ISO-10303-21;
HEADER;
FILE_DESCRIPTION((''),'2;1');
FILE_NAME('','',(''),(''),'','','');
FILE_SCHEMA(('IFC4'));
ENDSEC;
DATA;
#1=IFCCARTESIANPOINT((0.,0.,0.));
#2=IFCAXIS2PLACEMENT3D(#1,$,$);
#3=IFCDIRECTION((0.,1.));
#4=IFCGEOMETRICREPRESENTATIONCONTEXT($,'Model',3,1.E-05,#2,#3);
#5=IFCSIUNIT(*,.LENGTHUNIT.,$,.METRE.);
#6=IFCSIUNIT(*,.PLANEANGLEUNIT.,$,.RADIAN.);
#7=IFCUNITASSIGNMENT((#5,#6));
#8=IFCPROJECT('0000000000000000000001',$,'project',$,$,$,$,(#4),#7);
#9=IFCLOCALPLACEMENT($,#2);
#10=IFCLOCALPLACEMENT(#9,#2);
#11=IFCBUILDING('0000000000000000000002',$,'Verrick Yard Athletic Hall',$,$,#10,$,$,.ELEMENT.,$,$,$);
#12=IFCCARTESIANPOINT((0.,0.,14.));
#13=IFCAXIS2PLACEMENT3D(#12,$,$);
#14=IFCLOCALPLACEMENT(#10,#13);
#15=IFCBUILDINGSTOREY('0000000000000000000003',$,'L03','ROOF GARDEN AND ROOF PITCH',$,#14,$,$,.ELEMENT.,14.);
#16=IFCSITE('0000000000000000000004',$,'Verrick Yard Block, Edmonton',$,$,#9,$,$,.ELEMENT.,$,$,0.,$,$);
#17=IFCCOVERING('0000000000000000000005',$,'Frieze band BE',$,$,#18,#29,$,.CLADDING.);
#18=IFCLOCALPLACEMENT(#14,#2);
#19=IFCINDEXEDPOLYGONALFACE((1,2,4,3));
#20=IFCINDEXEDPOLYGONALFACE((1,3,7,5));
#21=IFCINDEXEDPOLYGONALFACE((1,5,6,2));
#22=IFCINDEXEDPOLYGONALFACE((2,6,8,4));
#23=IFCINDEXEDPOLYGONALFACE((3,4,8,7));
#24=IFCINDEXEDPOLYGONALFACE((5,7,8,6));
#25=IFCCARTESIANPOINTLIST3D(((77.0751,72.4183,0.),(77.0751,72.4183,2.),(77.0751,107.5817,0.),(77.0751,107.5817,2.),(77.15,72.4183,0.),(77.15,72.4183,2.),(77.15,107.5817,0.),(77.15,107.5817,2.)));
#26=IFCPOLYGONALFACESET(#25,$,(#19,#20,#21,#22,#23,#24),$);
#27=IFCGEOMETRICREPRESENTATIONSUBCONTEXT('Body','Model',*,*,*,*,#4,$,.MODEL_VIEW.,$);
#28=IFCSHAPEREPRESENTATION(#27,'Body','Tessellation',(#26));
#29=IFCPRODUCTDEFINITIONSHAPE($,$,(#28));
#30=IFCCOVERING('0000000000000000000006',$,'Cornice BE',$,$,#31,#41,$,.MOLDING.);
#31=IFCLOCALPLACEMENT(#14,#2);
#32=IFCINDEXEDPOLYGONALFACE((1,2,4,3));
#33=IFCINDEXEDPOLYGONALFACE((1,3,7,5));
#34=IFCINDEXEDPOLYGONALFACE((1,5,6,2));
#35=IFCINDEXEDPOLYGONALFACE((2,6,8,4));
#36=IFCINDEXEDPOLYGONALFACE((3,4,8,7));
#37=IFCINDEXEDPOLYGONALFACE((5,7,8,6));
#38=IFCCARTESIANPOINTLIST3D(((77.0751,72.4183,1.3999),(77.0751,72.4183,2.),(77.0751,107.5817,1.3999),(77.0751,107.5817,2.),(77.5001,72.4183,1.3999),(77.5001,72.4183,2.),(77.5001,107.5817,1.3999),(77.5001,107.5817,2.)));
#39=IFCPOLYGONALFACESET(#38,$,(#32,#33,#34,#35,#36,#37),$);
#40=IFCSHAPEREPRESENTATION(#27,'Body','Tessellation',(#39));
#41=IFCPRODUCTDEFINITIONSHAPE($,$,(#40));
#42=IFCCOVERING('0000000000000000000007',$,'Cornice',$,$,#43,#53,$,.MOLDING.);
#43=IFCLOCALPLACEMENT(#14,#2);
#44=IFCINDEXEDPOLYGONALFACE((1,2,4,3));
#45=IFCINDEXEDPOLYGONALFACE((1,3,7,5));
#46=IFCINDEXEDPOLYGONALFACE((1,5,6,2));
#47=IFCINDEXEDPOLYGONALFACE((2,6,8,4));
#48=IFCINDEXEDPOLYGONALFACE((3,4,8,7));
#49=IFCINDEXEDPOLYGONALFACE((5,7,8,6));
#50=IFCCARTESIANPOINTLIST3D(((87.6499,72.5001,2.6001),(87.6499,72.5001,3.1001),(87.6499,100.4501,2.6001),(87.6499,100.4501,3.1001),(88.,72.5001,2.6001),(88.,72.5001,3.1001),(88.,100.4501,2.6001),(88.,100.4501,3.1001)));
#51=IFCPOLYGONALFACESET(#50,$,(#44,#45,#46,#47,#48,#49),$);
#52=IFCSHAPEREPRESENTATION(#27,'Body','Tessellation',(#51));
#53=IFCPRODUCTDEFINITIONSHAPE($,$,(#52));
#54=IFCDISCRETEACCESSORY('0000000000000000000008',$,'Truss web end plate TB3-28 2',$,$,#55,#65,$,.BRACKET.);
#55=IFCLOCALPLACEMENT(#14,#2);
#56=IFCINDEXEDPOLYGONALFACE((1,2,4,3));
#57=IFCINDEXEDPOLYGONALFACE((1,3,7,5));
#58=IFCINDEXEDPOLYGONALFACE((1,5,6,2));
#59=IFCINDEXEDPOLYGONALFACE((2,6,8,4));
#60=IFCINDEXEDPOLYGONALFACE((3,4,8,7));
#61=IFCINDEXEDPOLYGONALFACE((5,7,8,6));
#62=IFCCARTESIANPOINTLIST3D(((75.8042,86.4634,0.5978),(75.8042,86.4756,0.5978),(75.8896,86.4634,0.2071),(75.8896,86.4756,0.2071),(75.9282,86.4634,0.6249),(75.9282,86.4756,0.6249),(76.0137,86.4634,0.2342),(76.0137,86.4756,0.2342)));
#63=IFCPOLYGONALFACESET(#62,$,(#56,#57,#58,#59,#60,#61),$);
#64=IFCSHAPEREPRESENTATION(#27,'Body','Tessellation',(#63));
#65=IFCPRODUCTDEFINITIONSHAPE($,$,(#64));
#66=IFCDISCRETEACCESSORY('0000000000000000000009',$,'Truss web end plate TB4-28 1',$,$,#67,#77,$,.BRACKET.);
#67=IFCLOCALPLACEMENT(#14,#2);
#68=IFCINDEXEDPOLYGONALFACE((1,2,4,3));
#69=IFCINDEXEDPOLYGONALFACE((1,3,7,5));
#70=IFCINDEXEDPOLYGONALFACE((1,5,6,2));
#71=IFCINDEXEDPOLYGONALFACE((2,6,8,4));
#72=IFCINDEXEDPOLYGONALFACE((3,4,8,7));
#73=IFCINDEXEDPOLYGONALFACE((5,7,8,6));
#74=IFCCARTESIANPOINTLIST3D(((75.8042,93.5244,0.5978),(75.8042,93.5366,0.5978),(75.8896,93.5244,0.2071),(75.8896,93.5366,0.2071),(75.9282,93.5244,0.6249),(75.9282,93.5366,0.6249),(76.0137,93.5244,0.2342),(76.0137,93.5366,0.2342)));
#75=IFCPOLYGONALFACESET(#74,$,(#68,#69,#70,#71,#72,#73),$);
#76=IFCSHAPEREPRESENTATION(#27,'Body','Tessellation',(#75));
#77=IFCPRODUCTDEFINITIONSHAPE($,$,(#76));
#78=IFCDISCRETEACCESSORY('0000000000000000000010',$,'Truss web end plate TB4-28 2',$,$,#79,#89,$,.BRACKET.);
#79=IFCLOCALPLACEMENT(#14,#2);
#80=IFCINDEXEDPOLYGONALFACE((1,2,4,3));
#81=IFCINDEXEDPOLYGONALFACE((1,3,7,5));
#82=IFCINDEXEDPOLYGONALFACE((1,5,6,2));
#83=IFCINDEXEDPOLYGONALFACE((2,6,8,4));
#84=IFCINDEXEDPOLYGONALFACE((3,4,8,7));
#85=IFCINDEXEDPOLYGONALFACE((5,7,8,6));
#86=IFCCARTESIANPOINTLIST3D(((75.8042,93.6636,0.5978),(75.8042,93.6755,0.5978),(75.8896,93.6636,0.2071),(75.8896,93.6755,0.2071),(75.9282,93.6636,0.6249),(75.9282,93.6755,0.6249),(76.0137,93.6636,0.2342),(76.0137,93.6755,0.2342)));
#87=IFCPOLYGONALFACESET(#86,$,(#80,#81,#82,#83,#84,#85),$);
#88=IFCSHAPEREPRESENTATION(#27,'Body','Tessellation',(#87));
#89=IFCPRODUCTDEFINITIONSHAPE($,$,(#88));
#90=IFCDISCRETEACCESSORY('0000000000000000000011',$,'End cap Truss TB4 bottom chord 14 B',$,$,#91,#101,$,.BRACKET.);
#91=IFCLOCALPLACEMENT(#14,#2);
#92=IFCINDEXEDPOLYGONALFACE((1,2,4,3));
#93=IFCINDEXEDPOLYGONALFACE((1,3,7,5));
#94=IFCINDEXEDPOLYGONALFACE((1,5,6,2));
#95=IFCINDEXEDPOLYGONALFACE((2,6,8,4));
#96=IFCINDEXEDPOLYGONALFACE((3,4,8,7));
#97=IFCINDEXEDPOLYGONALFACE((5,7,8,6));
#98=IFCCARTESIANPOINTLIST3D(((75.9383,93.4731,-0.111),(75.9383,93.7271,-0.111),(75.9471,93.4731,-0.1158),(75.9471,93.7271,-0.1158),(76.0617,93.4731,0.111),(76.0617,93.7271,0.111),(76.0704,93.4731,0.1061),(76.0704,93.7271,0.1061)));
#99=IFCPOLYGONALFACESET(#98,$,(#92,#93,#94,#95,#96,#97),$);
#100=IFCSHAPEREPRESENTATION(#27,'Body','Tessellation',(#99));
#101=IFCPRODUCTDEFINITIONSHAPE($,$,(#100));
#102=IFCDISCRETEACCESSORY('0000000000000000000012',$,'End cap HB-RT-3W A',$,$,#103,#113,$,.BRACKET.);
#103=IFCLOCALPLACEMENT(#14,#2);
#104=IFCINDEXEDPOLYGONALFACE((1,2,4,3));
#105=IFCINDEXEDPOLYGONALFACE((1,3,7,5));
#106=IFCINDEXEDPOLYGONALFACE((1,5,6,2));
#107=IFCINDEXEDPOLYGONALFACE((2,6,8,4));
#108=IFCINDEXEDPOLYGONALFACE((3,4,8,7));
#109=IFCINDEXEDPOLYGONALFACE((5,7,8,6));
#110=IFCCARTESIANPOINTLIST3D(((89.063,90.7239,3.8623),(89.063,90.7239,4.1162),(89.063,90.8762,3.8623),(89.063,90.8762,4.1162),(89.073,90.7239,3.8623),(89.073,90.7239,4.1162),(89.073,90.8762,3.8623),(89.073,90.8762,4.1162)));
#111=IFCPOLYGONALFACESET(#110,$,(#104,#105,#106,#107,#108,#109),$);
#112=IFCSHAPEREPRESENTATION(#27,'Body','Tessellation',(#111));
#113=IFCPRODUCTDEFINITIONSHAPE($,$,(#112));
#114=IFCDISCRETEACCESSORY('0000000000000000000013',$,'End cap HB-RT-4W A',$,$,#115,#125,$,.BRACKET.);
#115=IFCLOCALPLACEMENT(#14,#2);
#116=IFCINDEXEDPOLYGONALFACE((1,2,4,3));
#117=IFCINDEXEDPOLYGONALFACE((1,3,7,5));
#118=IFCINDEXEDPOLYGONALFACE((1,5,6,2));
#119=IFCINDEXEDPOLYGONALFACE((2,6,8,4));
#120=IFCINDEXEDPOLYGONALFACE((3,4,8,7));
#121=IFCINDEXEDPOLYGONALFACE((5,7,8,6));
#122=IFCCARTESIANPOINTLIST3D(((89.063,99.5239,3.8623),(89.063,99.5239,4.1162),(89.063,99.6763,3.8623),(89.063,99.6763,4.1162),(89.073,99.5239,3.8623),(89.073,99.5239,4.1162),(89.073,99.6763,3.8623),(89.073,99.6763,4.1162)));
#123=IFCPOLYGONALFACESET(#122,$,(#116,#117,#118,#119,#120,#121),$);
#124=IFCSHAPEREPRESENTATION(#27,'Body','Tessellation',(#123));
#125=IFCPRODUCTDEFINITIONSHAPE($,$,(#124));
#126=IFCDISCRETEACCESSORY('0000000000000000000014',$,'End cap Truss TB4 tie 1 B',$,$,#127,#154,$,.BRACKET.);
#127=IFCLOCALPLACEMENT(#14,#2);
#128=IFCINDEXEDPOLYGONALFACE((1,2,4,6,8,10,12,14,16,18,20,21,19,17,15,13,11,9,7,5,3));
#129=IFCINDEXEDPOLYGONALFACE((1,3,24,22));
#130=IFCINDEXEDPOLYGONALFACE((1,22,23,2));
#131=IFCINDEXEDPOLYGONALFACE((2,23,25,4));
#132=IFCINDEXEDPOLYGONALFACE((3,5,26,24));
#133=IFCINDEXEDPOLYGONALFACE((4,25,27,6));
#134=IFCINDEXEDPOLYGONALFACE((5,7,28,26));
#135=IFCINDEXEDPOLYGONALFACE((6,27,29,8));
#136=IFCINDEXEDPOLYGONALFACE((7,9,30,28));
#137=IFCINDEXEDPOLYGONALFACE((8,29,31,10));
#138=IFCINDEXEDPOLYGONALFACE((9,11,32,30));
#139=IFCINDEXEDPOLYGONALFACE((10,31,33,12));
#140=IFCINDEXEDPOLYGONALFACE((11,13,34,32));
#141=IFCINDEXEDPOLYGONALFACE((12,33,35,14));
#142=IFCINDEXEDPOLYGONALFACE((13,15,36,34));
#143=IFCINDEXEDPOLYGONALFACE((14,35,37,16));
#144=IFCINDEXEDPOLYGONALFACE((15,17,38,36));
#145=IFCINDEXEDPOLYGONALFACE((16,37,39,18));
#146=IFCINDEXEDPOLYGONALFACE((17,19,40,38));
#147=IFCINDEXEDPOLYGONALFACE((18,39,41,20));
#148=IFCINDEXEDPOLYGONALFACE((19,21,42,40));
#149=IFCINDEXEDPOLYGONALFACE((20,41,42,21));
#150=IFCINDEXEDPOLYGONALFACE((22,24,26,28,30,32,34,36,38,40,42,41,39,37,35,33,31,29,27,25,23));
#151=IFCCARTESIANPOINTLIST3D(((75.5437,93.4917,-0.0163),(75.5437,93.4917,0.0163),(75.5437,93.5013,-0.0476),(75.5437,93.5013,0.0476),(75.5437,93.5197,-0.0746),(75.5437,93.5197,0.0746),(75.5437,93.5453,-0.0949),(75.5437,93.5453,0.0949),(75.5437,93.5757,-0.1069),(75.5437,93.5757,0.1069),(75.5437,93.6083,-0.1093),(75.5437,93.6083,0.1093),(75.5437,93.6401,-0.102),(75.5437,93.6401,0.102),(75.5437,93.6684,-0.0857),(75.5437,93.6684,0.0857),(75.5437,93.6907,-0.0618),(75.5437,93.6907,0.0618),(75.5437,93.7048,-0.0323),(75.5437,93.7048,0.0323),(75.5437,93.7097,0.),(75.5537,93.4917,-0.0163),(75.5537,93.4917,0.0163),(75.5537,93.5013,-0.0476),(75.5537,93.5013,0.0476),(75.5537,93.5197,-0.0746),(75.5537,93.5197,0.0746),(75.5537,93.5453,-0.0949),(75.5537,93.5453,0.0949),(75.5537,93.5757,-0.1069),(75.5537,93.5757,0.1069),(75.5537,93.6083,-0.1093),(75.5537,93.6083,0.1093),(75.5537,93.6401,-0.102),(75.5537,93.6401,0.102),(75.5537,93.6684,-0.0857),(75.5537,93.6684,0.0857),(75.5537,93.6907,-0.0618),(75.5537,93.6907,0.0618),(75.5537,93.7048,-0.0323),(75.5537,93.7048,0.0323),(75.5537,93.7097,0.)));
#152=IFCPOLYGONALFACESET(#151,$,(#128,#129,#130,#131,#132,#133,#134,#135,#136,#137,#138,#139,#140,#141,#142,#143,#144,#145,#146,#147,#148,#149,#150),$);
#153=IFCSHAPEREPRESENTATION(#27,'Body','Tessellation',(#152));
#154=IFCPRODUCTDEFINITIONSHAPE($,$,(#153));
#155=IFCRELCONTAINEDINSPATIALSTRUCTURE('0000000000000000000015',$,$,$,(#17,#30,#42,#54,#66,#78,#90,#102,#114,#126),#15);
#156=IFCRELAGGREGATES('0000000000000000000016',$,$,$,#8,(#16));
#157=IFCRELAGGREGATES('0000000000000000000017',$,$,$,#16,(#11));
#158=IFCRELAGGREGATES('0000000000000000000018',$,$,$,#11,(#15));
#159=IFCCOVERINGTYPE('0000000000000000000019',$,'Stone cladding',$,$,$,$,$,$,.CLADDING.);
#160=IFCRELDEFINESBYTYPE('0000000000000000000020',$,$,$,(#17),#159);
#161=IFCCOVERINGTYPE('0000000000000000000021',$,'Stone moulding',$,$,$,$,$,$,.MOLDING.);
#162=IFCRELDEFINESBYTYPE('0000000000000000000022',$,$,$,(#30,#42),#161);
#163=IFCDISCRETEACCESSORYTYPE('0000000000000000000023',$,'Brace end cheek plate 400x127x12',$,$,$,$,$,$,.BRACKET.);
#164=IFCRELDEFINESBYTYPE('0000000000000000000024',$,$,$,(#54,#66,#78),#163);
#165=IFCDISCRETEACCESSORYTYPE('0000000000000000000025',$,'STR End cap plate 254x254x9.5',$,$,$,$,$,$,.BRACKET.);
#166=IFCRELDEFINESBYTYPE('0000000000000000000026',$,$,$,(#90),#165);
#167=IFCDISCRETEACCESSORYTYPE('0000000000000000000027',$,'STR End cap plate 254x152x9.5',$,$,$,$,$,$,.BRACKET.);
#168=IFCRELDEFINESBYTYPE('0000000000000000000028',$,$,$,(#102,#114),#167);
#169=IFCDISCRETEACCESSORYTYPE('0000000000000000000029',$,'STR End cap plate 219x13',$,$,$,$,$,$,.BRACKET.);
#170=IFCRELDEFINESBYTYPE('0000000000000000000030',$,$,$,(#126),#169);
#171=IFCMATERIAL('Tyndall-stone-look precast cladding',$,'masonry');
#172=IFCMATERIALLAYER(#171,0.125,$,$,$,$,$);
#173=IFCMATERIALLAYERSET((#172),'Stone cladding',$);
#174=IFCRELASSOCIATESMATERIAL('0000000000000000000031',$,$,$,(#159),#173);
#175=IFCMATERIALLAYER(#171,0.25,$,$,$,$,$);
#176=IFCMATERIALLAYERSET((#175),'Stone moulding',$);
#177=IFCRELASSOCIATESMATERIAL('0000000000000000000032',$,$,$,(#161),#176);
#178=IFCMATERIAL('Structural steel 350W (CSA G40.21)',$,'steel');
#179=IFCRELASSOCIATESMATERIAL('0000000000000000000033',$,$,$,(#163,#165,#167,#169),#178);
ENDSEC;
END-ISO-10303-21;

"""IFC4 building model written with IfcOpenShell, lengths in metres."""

from ifc_helpers import new_model, si_unit, direction, frame, origin, origin_2d, place, context, subcontext, project, spatial, rectangle, circle, extrude, material, layer, layer_set, material_profile, profile_set, type_object, element, save


model = new_model("IFC4")

# Units and contexts
model_context = context("Model", 3, precision=1e-05, world=origin(), true_north=direction((0.0, 1.0)))
body_context = subcontext(model_context, "Body", "Model", "MODEL_VIEW")
ifc_project = project(units=[si_unit("LENGTHUNIT", "METRE"), si_unit("PLANEANGLEUNIT", "RADIAN")], contexts=[model_context])

# Site, building, storey
site_placement = place(None, origin())
site = spatial("IfcSite", under=ifc_project, at=site_placement, Name="Verrick Yard Block, Edmonton", CompositionType="ELEMENT", RefElevation=0.0)
building_placement = place(site_placement, origin())
building = spatial("IfcBuilding", under=site, at=building_placement, Name="Verrick Yard Athletic Hall", CompositionType="ELEMENT")
storey_placement = place(building_placement, frame((0.0, 0.0, 14.0)))
storey = spatial("IfcBuildingStorey", under=building, at=storey_placement, Name="L03", Description="ROOF GARDEN AND ROOF PITCH", CompositionType="ELEMENT", Elevation=14.0)

# Coverings
ifc_material_1 = material(Name="Tyndall-stone-look precast cladding", Category="masonry")
ifc_layer_1 = layer(ifc_material_1, 0.125)
ifc_layer_set_1 = layer_set([ifc_layer_1], Name="Stone cladding")
covering_type_1 = type_object("IfcCoveringType", Name="Stone cladding", PredefinedType="CLADDING", material=ifc_layer_set_1)
covering_1_placement = place(storey_placement, frame((77.1125, 90.0, 0.0), z_axis=(0.0, 0.0, 1.0), x_axis=(1.0, 0.0, 0.0)))
element("IfcCovering", 1, at=covering_1_placement, inside=storey, type_object=covering_type_1, Name="Frieze band BE", PredefinedType="CLADDING", context=body_context, shape_type="SweptSolid", body=[
    extrude(rectangle(XDim=0.075, YDim=35.1633, at=origin_2d()), origin(), (0.0, 0.0, 1.0), 2.0),
])
ifc_layer_2 = layer(ifc_material_1, 0.25)
ifc_layer_set_2 = layer_set([ifc_layer_2], Name="Stone moulding")
covering_type_2 = type_object("IfcCoveringType", Name="Stone moulding", PredefinedType="MOLDING", material=ifc_layer_set_2)
covering_2_placement = place(storey_placement, frame((77.2876, 90.0, 1.3999), z_axis=(0.0, 0.0, 1.0), x_axis=(1.0, 0.0, 0.0)))
element("IfcCovering", 2, at=covering_2_placement, inside=storey, type_object=covering_type_2, Name="Cornice BE", PredefinedType="MOLDING", context=body_context, shape_type="SweptSolid", body=[
    extrude(rectangle(XDim=0.425, YDim=35.1633, at=origin_2d()), origin(), (0.0, 0.0, 1.0), 0.6001),
])
covering_3_placement = place(storey_placement, frame((87.825, 86.4751, 2.6001), z_axis=(0.0, 0.0, 1.0), x_axis=(0.0, 1.0, 0.0)))
element("IfcCovering", 3, at=covering_3_placement, inside=storey, type_object=covering_type_2, Name="Cornice", PredefinedType="MOLDING", context=body_context, shape_type="SweptSolid", body=[
    extrude(rectangle(XDim=27.95, YDim=0.3501, at=origin_2d()), origin(), (0.0, 0.0, 1.0), 0.5),
])

# Discrete accessories
ifc_material_2 = material(Name="Structural steel 350W (CSA G40.21)", Category="steel")
ifc_material_profile_1 = material_profile(ifc_material_2, rectangle(XDim=0.3999, YDim=0.127, at=origin_2d()), Name="Brace end cheek plate")
ifc_profile_set_1 = profile_set([ifc_material_profile_1], Name="Structural steel 350W (CSA G40.21)")
discrete_accessory_type_1 = type_object("IfcDiscreteAccessoryType", Name="Brace end cheek plate 400x127x12", PredefinedType="BRACKET", material=ifc_profile_set_1)
for number, where, z_axis, x_axis, name in (
    (4, (75.9089, 86.4634, 0.416), (0.0, 1.0, 0.0), (-0.213605, 0.0, 0.97692), "Truss web end plate TB3-28 2"),
    (5, (75.9089, 93.5366, 0.416), (0.0, -1.0, 0.0), (-0.213605, 0.0, 0.97692), "Truss web end plate TB4-28 1"),
):
    element("IfcDiscreteAccessory", number, at=place(storey_placement, frame(where, z_axis=z_axis, x_axis=x_axis)), inside=storey, type_object=discrete_accessory_type_1, Name=name, PredefinedType="BRACKET", context=body_context, shape_type="SweptSolid", body=[
        extrude(rectangle(XDim=0.3999, YDim=0.127, at=origin_2d()), origin(), (0.0, 0.0, 1.0), 0.0122),
    ])
discrete_accessory_1_placement = place(storey_placement, frame((75.9089, 93.6636, 0.416), z_axis=(0.0, 1.0, 0.0), x_axis=(-0.213605, 0.0, 0.97692)))
element("IfcDiscreteAccessory", 6, at=discrete_accessory_1_placement, inside=storey, type_object=discrete_accessory_type_1, Name="Truss web end plate TB4-28 2", PredefinedType="BRACKET", context=body_context, shape_type="SweptSolid", body=[
    extrude(rectangle(XDim=0.3999, YDim=0.127, at=origin_2d()), origin(), (0.0, 0.0, 1.0), 0.012),
])
ifc_material_profile_2 = material_profile(ifc_material_2, rectangle(XDim=0.2539, YDim=0.2539, at=origin_2d()), Name="STR End cap plate 254x254x9.5")
ifc_profile_set_2 = profile_set([ifc_material_profile_2], Name="Structural steel 350W (CSA G40.21)")
discrete_accessory_type_2 = type_object("IfcDiscreteAccessoryType", Name="STR End cap plate 254x254x9.5", PredefinedType="BRACKET", material=ifc_profile_set_2)
discrete_accessory_2_placement = place(storey_placement, frame((76.0, 93.6001, 0.0), z_axis=(0.874157, 0.0, -0.485643), x_axis=(0.0, 1.0, 0.0)))
element("IfcDiscreteAccessory", 7, at=discrete_accessory_2_placement, inside=storey, type_object=discrete_accessory_type_2, Name="End cap Truss TB4 bottom chord 14 B", PredefinedType="BRACKET", context=body_context, shape_type="SweptSolid", body=[
    extrude(rectangle(XDim=0.2539, YDim=0.2539, at=origin_2d()), origin(), (0.0, 0.0, 1.0), 0.01),
])
ifc_material_profile_3 = material_profile(ifc_material_2, rectangle(XDim=0.1523, YDim=0.2539, at=origin_2d()), Name="STR End cap plate 254x152x9.5")
ifc_profile_set_3 = profile_set([ifc_material_profile_3], Name="Structural steel 350W (CSA G40.21)")
discrete_accessory_type_3 = type_object("IfcDiscreteAccessoryType", Name="STR End cap plate 254x152x9.5", PredefinedType="BRACKET", material=ifc_profile_set_3)
for number, where, z_axis, x_axis, name in (
    (8, (89.063, 90.8, 3.9893), (1.0, 0.0, 0.0), (0.0, 1.0, 0.0), "End cap HB-RT-3W A"),
    (9, (89.063, 99.6001, 3.9893), (1.0, 0.0, 0.0), (0.0, 1.0, 0.0), "End cap HB-RT-4W A"),
):
    element("IfcDiscreteAccessory", number, at=place(storey_placement, frame(where, z_axis=z_axis, x_axis=x_axis)), inside=storey, type_object=discrete_accessory_type_3, Name=name, PredefinedType="BRACKET", context=body_context, shape_type="SweptSolid", body=[
        extrude(rectangle(XDim=0.1523, YDim=0.2539, at=origin_2d()), origin(), (0.0, 0.0, 1.0), 0.01),
    ])
ifc_material_profile_4 = material_profile(ifc_material_2, circle(Radius=0.1096, at=origin_2d()), Name="STR End cap plate 219x13")
ifc_profile_set_4 = profile_set([ifc_material_profile_4], Name="Structural steel 350W (CSA G40.21)")
discrete_accessory_type_4 = type_object("IfcDiscreteAccessoryType", Name="STR End cap plate 219x13", PredefinedType="BRACKET", material=ifc_profile_set_4)
discrete_accessory_3_placement = place(storey_placement, frame((75.5437, 93.6001, 0.0), z_axis=(1.0, 0.0, 0.0), x_axis=(0.0, 1.0, 0.0)))
element("IfcDiscreteAccessory", 10, at=discrete_accessory_3_placement, inside=storey, type_object=discrete_accessory_type_4, Name="End cap Truss TB4 tie 1 B", PredefinedType="BRACKET", context=body_context, shape_type="SweptSolid", body=[
    extrude(circle(Radius=0.1096, at=origin_2d()), origin(), (0.0, 0.0, 1.0), 0.01),
])

save(model, "model.ifc")
